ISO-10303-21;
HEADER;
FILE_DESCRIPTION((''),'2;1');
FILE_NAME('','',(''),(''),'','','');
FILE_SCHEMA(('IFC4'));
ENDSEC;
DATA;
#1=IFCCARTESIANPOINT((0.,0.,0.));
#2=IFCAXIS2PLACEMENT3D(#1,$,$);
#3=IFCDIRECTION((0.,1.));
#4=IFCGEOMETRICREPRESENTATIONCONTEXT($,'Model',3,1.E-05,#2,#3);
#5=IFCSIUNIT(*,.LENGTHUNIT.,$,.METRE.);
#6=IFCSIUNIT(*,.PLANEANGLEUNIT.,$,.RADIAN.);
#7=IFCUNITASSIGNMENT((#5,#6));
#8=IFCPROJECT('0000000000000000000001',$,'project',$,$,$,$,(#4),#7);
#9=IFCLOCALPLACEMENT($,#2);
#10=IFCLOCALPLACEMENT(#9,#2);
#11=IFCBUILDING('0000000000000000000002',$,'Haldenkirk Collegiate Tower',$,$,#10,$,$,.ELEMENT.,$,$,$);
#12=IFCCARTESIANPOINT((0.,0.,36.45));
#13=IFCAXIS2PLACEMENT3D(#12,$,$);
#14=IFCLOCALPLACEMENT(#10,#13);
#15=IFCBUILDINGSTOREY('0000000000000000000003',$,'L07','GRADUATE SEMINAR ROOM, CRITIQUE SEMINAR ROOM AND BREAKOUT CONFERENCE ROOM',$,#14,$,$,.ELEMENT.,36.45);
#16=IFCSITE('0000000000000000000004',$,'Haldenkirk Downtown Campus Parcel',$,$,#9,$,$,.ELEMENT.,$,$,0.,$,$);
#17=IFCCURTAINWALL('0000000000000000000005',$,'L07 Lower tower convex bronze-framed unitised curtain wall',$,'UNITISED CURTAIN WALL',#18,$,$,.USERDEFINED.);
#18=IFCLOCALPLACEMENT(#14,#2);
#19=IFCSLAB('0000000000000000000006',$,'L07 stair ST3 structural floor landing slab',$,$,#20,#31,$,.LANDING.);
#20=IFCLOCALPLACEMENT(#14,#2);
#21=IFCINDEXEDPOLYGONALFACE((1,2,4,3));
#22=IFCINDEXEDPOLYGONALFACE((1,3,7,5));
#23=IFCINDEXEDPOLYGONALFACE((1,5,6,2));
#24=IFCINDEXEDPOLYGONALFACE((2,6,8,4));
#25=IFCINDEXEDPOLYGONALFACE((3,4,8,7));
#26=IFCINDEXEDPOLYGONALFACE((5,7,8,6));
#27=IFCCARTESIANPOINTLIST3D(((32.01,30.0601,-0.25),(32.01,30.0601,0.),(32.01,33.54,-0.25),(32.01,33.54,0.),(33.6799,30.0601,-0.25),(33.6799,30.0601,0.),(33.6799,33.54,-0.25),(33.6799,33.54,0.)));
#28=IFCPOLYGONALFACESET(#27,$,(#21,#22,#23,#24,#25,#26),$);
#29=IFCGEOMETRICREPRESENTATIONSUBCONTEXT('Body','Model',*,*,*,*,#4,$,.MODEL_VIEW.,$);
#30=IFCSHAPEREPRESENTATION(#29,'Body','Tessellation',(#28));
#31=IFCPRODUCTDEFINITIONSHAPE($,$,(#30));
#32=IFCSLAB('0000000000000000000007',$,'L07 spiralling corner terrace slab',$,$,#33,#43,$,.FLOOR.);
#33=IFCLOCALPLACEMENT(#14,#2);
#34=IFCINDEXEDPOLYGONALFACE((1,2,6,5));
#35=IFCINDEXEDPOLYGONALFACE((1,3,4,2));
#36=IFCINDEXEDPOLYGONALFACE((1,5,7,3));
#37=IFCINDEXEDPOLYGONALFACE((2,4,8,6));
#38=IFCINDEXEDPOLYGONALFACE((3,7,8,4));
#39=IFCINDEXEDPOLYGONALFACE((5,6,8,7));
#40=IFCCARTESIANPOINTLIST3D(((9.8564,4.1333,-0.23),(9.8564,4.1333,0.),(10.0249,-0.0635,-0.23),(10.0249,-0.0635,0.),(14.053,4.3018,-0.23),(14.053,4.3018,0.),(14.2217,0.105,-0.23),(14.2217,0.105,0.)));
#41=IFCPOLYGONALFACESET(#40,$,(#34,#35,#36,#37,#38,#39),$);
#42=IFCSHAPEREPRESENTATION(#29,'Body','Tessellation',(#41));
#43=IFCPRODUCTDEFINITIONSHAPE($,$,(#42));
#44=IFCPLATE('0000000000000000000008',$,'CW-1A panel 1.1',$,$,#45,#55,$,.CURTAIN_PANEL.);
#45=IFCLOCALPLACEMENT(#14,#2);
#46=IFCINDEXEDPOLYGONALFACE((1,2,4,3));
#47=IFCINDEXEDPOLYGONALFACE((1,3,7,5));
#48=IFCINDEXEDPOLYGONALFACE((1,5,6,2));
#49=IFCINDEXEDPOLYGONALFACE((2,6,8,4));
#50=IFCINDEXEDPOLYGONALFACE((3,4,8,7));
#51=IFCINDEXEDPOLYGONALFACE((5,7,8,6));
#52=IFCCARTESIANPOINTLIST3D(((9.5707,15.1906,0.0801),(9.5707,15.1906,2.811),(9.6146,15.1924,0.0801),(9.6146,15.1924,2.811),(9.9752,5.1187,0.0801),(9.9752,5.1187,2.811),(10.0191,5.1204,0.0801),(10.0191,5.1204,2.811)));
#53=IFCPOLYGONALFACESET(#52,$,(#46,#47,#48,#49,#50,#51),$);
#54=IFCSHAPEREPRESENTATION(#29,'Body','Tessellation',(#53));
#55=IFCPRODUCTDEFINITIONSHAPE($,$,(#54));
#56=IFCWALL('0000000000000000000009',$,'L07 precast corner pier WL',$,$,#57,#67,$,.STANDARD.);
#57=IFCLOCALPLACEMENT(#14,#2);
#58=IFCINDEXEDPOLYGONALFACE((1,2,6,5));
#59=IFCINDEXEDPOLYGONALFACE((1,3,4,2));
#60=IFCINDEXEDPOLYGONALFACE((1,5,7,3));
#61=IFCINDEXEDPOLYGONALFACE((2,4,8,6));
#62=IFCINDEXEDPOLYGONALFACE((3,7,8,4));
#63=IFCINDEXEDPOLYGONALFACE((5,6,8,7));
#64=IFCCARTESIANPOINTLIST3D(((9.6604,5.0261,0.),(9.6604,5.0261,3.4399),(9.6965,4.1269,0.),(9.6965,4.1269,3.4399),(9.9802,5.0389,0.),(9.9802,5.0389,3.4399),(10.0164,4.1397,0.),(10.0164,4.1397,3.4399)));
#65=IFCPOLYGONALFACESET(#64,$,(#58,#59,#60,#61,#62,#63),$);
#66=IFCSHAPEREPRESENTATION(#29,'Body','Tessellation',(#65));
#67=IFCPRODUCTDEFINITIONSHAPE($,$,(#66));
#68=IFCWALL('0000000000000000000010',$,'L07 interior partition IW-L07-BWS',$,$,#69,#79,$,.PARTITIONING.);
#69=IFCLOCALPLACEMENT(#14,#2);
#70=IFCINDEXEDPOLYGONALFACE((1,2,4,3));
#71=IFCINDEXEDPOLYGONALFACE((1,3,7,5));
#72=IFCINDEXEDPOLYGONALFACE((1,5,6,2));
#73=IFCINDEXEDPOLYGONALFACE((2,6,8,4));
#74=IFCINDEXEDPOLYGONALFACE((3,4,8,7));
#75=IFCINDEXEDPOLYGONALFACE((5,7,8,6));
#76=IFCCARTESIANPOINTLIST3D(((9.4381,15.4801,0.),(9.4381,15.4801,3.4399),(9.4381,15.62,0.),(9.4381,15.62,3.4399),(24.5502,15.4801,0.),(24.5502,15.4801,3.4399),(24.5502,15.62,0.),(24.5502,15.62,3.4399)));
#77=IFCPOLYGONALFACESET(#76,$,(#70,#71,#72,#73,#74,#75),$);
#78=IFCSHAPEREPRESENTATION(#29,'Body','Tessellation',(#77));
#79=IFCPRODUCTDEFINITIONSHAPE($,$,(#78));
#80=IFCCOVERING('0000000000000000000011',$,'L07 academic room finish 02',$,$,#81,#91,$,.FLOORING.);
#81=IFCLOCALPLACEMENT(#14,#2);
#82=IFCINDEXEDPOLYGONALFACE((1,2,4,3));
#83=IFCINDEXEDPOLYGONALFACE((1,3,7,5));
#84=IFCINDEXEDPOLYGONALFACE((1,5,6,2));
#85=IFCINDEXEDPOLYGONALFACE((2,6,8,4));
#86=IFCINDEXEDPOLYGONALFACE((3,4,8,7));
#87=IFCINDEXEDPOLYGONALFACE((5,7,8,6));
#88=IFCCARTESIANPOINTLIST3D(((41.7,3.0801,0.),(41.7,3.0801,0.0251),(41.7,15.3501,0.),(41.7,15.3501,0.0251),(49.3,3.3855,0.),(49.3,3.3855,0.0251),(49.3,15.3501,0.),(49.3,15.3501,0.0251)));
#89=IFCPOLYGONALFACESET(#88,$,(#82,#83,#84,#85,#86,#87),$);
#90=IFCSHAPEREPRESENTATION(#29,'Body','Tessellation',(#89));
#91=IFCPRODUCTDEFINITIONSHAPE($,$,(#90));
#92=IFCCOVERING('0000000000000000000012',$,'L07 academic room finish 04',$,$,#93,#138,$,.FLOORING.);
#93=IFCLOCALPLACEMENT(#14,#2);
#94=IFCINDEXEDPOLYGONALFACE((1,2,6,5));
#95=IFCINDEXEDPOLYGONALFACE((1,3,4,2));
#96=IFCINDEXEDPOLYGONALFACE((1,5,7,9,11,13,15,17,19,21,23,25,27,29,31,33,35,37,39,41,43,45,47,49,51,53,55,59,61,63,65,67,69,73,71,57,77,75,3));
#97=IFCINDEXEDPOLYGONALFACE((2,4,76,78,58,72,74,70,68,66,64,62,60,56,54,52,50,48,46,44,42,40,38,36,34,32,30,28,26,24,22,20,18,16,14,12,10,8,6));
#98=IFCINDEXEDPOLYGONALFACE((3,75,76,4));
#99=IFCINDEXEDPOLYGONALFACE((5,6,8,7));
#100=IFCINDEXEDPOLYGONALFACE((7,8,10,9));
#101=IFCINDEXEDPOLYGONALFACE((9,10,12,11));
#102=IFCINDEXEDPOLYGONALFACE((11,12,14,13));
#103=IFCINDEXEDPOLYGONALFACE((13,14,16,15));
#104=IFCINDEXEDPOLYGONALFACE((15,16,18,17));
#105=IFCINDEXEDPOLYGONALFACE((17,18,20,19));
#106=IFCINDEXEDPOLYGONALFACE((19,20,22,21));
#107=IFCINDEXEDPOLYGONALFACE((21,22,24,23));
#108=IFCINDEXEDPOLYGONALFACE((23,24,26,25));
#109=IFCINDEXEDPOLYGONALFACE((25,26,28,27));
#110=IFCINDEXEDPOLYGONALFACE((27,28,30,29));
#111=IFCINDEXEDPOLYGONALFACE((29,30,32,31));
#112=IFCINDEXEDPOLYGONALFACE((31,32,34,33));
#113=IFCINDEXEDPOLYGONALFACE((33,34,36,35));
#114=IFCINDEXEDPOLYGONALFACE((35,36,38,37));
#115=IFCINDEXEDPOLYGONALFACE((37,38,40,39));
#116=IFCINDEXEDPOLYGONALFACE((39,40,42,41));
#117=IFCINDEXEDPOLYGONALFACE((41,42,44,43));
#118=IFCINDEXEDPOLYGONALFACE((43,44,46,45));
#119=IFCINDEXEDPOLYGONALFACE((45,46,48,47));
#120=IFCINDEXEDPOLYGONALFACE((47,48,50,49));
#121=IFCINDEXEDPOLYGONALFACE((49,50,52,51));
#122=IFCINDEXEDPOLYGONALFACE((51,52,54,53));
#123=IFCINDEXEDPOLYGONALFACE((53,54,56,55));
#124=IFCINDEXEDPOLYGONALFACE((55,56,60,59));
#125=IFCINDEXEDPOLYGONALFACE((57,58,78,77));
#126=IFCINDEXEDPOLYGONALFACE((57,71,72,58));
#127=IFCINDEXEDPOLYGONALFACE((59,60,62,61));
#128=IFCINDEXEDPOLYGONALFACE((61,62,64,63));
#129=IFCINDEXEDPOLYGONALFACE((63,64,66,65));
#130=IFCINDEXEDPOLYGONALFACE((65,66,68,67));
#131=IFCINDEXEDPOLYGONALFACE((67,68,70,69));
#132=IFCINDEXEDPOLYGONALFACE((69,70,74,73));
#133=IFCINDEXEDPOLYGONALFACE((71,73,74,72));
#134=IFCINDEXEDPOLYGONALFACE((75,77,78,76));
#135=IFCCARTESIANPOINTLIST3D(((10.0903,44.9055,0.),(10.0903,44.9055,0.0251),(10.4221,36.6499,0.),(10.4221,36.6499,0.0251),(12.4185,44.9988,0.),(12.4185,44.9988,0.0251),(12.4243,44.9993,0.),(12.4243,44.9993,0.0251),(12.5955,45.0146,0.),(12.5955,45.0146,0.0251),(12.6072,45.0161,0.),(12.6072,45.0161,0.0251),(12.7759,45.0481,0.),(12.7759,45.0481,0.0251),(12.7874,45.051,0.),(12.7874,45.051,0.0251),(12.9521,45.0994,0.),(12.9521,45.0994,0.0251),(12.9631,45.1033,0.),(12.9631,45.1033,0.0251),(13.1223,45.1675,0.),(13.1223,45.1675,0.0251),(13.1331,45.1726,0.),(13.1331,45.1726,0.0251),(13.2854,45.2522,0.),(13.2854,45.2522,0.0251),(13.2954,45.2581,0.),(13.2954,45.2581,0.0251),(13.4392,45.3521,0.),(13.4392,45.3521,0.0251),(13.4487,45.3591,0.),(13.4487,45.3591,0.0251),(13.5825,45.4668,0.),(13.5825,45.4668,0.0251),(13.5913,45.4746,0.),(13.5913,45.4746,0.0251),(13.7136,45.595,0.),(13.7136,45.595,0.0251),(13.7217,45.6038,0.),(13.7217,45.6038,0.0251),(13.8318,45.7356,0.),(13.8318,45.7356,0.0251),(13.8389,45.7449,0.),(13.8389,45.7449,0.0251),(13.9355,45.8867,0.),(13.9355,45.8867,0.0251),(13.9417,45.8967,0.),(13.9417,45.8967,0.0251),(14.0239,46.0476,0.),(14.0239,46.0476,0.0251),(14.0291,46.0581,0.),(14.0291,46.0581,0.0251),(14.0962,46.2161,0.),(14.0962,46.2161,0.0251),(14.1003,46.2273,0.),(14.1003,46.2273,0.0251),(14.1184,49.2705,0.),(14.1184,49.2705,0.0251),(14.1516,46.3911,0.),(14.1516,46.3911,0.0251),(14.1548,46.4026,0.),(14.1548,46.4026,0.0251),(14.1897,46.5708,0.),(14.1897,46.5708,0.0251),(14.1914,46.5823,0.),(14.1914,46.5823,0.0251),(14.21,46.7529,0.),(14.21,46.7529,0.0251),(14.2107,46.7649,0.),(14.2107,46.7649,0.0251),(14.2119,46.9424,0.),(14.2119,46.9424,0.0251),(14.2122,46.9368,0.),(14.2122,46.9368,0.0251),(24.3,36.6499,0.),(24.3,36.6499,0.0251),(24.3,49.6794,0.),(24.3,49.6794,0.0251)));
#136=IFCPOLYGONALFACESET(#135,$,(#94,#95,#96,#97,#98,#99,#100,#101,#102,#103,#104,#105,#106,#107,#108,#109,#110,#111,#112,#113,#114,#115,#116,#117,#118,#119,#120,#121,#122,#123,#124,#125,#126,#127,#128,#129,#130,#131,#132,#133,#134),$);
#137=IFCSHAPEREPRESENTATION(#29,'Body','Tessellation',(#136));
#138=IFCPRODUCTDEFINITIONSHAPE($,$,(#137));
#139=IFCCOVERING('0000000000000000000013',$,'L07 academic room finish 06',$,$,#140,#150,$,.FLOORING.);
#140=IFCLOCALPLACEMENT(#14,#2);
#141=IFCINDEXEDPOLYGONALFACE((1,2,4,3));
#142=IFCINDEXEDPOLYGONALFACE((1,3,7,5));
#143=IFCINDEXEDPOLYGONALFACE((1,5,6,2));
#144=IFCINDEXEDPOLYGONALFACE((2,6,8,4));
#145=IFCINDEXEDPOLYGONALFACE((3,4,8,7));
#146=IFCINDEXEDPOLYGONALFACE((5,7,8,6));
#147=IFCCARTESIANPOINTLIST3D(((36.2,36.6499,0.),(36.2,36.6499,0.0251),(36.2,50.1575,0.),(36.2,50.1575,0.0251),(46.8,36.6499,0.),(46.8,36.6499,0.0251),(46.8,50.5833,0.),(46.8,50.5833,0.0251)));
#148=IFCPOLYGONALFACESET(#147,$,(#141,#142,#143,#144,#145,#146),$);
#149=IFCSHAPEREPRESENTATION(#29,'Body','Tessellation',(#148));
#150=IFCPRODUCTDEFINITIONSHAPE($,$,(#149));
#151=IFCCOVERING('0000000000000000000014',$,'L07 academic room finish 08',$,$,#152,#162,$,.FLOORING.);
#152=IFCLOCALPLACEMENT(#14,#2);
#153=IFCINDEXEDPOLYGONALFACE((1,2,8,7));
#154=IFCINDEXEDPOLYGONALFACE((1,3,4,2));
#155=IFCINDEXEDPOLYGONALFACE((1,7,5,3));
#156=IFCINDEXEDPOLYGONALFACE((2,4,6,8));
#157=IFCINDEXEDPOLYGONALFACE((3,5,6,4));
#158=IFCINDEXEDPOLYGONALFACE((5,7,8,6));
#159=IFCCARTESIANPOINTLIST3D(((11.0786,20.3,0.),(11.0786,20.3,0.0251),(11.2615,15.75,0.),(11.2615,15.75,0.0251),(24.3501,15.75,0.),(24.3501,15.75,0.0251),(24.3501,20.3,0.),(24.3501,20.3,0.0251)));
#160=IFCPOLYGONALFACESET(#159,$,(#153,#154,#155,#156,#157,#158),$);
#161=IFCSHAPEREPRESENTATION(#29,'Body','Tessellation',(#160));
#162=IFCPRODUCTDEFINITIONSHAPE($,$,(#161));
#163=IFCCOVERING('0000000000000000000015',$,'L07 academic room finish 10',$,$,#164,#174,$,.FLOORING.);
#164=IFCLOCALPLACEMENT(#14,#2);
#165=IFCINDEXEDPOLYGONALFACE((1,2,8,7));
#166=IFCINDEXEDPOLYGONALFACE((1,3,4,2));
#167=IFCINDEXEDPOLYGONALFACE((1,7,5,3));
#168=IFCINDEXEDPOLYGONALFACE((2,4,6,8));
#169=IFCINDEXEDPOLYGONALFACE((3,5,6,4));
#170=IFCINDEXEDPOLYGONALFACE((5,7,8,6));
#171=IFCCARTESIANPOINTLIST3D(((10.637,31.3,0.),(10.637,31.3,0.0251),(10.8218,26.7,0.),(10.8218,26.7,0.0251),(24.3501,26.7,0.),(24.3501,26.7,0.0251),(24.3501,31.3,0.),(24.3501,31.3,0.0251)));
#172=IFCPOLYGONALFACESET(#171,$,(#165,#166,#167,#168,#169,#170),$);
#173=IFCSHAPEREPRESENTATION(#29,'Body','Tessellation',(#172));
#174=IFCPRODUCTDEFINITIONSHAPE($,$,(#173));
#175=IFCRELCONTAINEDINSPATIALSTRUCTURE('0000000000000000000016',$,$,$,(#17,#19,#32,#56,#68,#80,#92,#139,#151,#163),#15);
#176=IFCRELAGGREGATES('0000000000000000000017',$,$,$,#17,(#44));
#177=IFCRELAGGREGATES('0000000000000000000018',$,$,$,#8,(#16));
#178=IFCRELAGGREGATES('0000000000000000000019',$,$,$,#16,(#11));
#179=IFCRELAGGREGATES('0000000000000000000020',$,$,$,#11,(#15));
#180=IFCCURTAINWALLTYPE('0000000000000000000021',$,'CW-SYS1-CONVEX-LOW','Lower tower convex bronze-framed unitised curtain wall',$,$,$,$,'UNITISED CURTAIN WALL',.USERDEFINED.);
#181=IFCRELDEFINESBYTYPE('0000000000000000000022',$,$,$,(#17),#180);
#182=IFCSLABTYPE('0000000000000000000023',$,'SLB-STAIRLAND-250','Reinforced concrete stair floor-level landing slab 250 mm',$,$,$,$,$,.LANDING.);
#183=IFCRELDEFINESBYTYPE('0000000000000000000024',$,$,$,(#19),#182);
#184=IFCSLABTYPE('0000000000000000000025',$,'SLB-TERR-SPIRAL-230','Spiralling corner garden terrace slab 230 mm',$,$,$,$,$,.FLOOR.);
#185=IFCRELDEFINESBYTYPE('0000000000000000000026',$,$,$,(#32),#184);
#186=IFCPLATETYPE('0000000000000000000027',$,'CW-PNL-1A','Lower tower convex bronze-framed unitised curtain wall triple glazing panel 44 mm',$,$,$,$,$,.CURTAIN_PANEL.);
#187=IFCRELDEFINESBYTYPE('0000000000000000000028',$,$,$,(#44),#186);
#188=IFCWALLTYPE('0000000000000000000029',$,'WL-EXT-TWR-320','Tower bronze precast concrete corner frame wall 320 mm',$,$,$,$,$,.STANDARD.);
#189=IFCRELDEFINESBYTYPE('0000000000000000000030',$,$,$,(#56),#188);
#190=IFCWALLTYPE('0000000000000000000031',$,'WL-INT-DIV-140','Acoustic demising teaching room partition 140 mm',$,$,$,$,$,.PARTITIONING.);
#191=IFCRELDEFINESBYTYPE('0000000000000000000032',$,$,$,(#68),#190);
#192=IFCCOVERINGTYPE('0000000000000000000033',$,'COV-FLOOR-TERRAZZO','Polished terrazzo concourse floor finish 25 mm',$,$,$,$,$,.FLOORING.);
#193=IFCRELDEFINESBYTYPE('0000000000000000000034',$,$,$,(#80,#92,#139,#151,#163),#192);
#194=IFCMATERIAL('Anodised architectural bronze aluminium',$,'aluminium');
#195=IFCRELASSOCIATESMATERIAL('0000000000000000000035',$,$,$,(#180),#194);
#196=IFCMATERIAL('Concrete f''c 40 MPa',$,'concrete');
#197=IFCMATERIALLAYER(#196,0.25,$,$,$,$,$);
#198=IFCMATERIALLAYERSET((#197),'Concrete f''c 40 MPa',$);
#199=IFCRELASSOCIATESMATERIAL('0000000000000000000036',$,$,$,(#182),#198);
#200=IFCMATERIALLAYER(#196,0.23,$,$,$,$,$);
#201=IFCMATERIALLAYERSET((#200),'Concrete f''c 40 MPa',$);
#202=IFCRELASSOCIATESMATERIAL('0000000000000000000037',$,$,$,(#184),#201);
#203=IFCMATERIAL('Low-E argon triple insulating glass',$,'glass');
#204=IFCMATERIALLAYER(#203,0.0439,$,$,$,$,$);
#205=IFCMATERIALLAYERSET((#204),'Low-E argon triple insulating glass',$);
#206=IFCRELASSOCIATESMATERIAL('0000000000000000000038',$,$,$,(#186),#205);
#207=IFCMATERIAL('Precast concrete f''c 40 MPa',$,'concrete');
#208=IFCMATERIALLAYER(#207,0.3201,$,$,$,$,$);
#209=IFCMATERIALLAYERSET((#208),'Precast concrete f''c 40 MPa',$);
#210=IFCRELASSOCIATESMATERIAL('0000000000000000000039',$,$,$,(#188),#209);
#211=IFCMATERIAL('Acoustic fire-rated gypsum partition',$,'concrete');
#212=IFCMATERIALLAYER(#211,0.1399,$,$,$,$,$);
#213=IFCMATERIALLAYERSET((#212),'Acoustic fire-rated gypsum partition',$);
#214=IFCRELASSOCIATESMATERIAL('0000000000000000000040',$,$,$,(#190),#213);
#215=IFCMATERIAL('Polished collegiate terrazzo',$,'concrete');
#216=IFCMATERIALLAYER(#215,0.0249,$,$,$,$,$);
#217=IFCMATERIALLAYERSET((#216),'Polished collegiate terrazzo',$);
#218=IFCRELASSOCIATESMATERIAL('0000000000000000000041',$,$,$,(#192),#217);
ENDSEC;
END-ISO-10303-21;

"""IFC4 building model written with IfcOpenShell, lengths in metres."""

from ifc_helpers import new_model, si_unit, direction, frame, frame_2d, origin, origin_2d, place, context, subcontext, project, spatial, polyline, rectangle, outline, extrude, source, transform, mapped, material, layer, layer_set, type_object, element, aggregate, save


model = new_model("IFC4")

# Units and contexts
model_context = context("Model", 3, precision=1e-05, world=origin(), true_north=direction((0.0, 1.0)))
body_context = subcontext(model_context, "Body", "Model", "MODEL_VIEW")
ifc_project = project(units=[si_unit("LENGTHUNIT", "METRE"), si_unit("PLANEANGLEUNIT", "RADIAN")], contexts=[model_context])

# Site, building, storey
site_placement = place(None, origin())
site = spatial("IfcSite", under=ifc_project, at=site_placement, Name="Haldenkirk Downtown Campus Parcel", CompositionType="ELEMENT", RefElevation=0.0)
building_placement = place(site_placement, origin())
building = spatial("IfcBuilding", under=site, at=building_placement, Name="Haldenkirk Collegiate Tower", CompositionType="ELEMENT")
storey_placement = place(building_placement, frame((0.0, 0.0, 36.45)))
storey = spatial("IfcBuildingStorey", under=building, at=storey_placement, Name="L07", Description="GRADUATE SEMINAR ROOM, CRITIQUE SEMINAR ROOM AND BREAKOUT CONFERENCE ROOM", CompositionType="ELEMENT", Elevation=36.45)

# Curtain wall
ifc_material_1 = material(Name="Anodised architectural bronze aluminium", Category="aluminium")
curtain_wall_type = type_object("IfcCurtainWallType", Name="CW-SYS1-CONVEX-LOW", Description="Lower tower convex bronze-framed unitised curtain wall", ElementType="UNITISED CURTAIN WALL", PredefinedType="USERDEFINED", material=ifc_material_1)
curtain_wall_placement = place(storey_placement, origin())
curtain_wall = element("IfcCurtainWall", 1, at=curtain_wall_placement, inside=storey, type_object=curtain_wall_type, Name="L07 Lower tower convex bronze-framed unitised curtain wall", ObjectType="UNITISED CURTAIN WALL", PredefinedType="USERDEFINED")

# Shared definitions
ifc_material_2 = material(Name="Concrete f'c 40 MPa", Category="concrete")

# Slabs
ifc_layer_1 = layer(ifc_material_2, 0.25)
ifc_layer_set_1 = layer_set([ifc_layer_1], Name="Concrete f'c 40 MPa")
slab_type_1 = type_object("IfcSlabType", Name="SLB-STAIRLAND-250", Description="Reinforced concrete stair floor-level landing slab 250 mm", PredefinedType="LANDING", material=ifc_layer_set_1)
slab_1_placement = place(storey_placement, frame((0.0, 0.0, -0.25)))
element("IfcSlab", 2, at=slab_1_placement, inside=storey, type_object=slab_type_1, Name="L07 stair ST3 structural floor landing slab", PredefinedType="LANDING", context=body_context, shape_type="SweptSolid", body=[
    extrude(outline(polyline([(32.01, 30.0601), (33.6799, 30.0601), (33.6799, 33.54), (32.01, 33.54), (32.01, 30.0601)])), origin(), (0.0, 0.0, 1.0), 0.25),
])
ifc_layer_2 = layer(ifc_material_2, 0.23)
ifc_layer_set_2 = layer_set([ifc_layer_2], Name="Concrete f'c 40 MPa")
slab_type_2 = type_object("IfcSlabType", Name="SLB-TERR-SPIRAL-230", Description="Spiralling corner garden terrace slab 230 mm", PredefinedType="FLOOR", material=ifc_layer_set_2)
slab_2_placement = place(storey_placement, frame((0.0, 0.0, -0.23)))
element("IfcSlab", 3, at=slab_2_placement, inside=storey, type_object=slab_type_2, Name="L07 spiralling corner terrace slab", PredefinedType="FLOOR", context=body_context, shape_type="SweptSolid", body=[
    extrude(outline(polyline([(10.0249, -0.0635), (14.2217, 0.105), (14.053, 4.3018), (9.8564, 4.1333), (10.0249, -0.0635)])), origin(), (0.0, 0.0, 1.0), 0.23),
])

# Plate
ifc_material_3 = material(Name="Low-E argon triple insulating glass", Category="glass")
ifc_layer_3 = layer(ifc_material_3, 0.0439)
ifc_layer_set_3 = layer_set([ifc_layer_3], Name="Low-E argon triple insulating glass")
plate_type = type_object("IfcPlateType", Name="CW-PNL-1A", Description="Lower tower convex bronze-framed unitised curtain wall triple glazing panel 44 mm", PredefinedType="CURTAIN_PANEL", material=ifc_layer_set_3)
shared_shape_1 = source(origin(), body_context, "Body", "SweptSolid", [
    extrude(rectangle(XDim=10.0801, YDim=0.0439, at=origin_2d()), origin(), (0.0, 0.0, 1.0), 2.731),
])
plate_placement = place(storey_placement, frame((9.7949, 10.1555, 0.0801), z_axis=(0.0, 0.0, 1.0), x_axis=(-0.040132, 0.999194, 0.0)))
plate = element("IfcPlate", 4, at=plate_placement, type_object=plate_type, Name="CW-1A panel 1.1", PredefinedType="CURTAIN_PANEL", context=body_context, shape_type="MappedRepresentation", body=[
    mapped(shared_shape_1, transform((0.0, 0.0, 0.0), x_axis=(1.0, 0.0, 0.0), y_axis=(0.0, 1.0, 0.0), z_axis=(0.0, 0.0, 1.0), scale=1.0)),
])
aggregate(curtain_wall, [plate])

# Walls
ifc_material_4 = material(Name="Precast concrete f'c 40 MPa", Category="concrete")
ifc_layer_4 = layer(ifc_material_4, 0.3201)
ifc_layer_set_4 = layer_set([ifc_layer_4], Name="Precast concrete f'c 40 MPa")
wall_type_1 = type_object("IfcWallType", Name="WL-EXT-TWR-320", Description="Tower bronze precast concrete corner frame wall 320 mm", PredefinedType="STANDARD", material=ifc_layer_set_4)
wall_1_placement = place(storey_placement, frame((9.8564, 4.1333, 0.0), z_axis=(0.0, 0.0, 1.0), x_axis=(-0.040152, 0.999194, 0.0)))
element("IfcWall", 5, at=wall_1_placement, inside=storey, type_object=wall_type_1, Name="L07 precast corner pier WL", PredefinedType="STANDARD", context=body_context, shape_type="SweptSolid", body=[
    extrude(rectangle(XDim=0.8999, YDim=0.3201, at=frame_2d((0.45, 0.0))), origin(), (0.0, 0.0, 1.0), 3.4399),
])
ifc_material_5 = material(Name="Acoustic fire-rated gypsum partition", Category="concrete")
ifc_layer_5 = layer(ifc_material_5, 0.1399)
ifc_layer_set_5 = layer_set([ifc_layer_5], Name="Acoustic fire-rated gypsum partition")
wall_type_2 = type_object("IfcWallType", Name="WL-INT-DIV-140", Description="Acoustic demising teaching room partition 140 mm", PredefinedType="PARTITIONING", material=ifc_layer_set_5)
wall_2_placement = place(storey_placement, frame((9.438, 15.55, 0.0), z_axis=(0.0, 0.0, 1.0), x_axis=(1.0, 0.0, 0.0)))
element("IfcWall", 6, at=wall_2_placement, inside=storey, type_object=wall_type_2, Name="L07 interior partition IW-L07-BWS", PredefinedType="PARTITIONING", context=body_context, shape_type="SweptSolid", body=[
    extrude(rectangle(XDim=15.1121, YDim=0.1399, at=frame_2d((7.5562, 0.0))), origin(), (0.0, 0.0, 1.0), 3.4399),
])

# Coverings
ifc_material_6 = material(Name="Polished collegiate terrazzo", Category="concrete")
ifc_layer_6 = layer(ifc_material_6, 0.0249)
ifc_layer_set_6 = layer_set([ifc_layer_6], Name="Polished collegiate terrazzo")
covering_type_1 = type_object("IfcCoveringType", Name="COV-FLOOR-TERRAZZO", Description="Polished terrazzo concourse floor finish 25 mm", PredefinedType="FLOORING", material=ifc_layer_set_6)
covering_1_placement = place(storey_placement, origin())
element("IfcCovering", 7, at=covering_1_placement, inside=storey, type_object=covering_type_1, Name="L07 academic room finish 02", PredefinedType="FLOORING", context=body_context, shape_type="SweptSolid", body=[
    extrude(outline(polyline([(41.7, 3.0801), (41.7, 15.3501), (49.3, 15.3501), (49.3, 3.3855), (41.7, 3.0801)])), origin(), (0.0, 0.0, 1.0), 0.0251),
])
covering_2_placement = place(storey_placement, origin())
element("IfcCovering", 8, at=covering_2_placement, inside=storey, type_object=covering_type_1, Name="L07 academic room finish 04", PredefinedType="FLOORING", context=body_context, shape_type="SweptSolid", body=[
    extrude(outline(polyline([(12.4185, 44.9988), (12.4243, 44.9993), (12.5955, 45.0146), (12.6072, 45.0161), (12.7759, 45.0481), (12.7874, 45.051), (12.9521, 45.0994), (12.9631, 45.1033), (13.1223, 45.1675), (13.1331, 45.1726), (13.2854, 45.2522), (13.2954, 45.2581), (13.4392, 45.3521), (13.4487, 45.3591), (13.5825, 45.4668), (13.5913, 45.4746), (13.7136, 45.595), (13.7217, 45.6038), (13.8318, 45.7356), (13.8389, 45.7449), (13.9355, 45.8867), (13.9417, 45.8967), (14.0239, 46.0476), (14.0291, 46.0581), (14.0962, 46.2161), (14.1003, 46.2273), (14.1516, 46.3911), (14.1548, 46.4026), (14.1897, 46.5708), (14.1914, 46.5823), (14.21, 46.7529), (14.2107, 46.7649), (14.2122, 46.9368), (14.2119, 46.9424), (14.1184, 49.2705), (24.3, 49.6794), (24.3, 36.6499), (10.4221, 36.6499), (10.0903, 44.9055), (12.4185, 44.9988)])), origin(), (0.0, 0.0, 1.0), 0.0251),
])
covering_3_placement = place(storey_placement, origin())
element("IfcCovering", 9, at=covering_3_placement, inside=storey, type_object=covering_type_1, Name="L07 academic room finish 06", PredefinedType="FLOORING", context=body_context, shape_type="SweptSolid", body=[
    extrude(outline(polyline([(46.8, 50.5833), (46.8, 36.6499), (36.2, 36.6499), (36.2, 50.1575), (46.8, 50.5833)])), origin(), (0.0, 0.0, 1.0), 0.0251),
])
covering_4_placement = place(storey_placement, origin())
element("IfcCovering", 10, at=covering_4_placement, inside=storey, type_object=covering_type_1, Name="L07 academic room finish 08", PredefinedType="FLOORING", context=body_context, shape_type="SweptSolid", body=[
    extrude(outline(polyline([(11.0786, 20.3), (24.3501, 20.3), (24.3501, 15.75), (11.2615, 15.75), (11.0786, 20.3)])), origin(), (0.0, 0.0, 1.0), 0.0251),
])
covering_5_placement = place(storey_placement, origin())
element("IfcCovering", 11, at=covering_5_placement, inside=storey, type_object=covering_type_1, Name="L07 academic room finish 10", PredefinedType="FLOORING", context=body_context, shape_type="SweptSolid", body=[
    extrude(outline(polyline([(10.637, 31.3), (24.3501, 31.3), (24.3501, 26.7), (10.8218, 26.7), (10.637, 31.3)])), origin(), (0.0, 0.0, 1.0), 0.0251),
])

save(model, "model.ifc")
